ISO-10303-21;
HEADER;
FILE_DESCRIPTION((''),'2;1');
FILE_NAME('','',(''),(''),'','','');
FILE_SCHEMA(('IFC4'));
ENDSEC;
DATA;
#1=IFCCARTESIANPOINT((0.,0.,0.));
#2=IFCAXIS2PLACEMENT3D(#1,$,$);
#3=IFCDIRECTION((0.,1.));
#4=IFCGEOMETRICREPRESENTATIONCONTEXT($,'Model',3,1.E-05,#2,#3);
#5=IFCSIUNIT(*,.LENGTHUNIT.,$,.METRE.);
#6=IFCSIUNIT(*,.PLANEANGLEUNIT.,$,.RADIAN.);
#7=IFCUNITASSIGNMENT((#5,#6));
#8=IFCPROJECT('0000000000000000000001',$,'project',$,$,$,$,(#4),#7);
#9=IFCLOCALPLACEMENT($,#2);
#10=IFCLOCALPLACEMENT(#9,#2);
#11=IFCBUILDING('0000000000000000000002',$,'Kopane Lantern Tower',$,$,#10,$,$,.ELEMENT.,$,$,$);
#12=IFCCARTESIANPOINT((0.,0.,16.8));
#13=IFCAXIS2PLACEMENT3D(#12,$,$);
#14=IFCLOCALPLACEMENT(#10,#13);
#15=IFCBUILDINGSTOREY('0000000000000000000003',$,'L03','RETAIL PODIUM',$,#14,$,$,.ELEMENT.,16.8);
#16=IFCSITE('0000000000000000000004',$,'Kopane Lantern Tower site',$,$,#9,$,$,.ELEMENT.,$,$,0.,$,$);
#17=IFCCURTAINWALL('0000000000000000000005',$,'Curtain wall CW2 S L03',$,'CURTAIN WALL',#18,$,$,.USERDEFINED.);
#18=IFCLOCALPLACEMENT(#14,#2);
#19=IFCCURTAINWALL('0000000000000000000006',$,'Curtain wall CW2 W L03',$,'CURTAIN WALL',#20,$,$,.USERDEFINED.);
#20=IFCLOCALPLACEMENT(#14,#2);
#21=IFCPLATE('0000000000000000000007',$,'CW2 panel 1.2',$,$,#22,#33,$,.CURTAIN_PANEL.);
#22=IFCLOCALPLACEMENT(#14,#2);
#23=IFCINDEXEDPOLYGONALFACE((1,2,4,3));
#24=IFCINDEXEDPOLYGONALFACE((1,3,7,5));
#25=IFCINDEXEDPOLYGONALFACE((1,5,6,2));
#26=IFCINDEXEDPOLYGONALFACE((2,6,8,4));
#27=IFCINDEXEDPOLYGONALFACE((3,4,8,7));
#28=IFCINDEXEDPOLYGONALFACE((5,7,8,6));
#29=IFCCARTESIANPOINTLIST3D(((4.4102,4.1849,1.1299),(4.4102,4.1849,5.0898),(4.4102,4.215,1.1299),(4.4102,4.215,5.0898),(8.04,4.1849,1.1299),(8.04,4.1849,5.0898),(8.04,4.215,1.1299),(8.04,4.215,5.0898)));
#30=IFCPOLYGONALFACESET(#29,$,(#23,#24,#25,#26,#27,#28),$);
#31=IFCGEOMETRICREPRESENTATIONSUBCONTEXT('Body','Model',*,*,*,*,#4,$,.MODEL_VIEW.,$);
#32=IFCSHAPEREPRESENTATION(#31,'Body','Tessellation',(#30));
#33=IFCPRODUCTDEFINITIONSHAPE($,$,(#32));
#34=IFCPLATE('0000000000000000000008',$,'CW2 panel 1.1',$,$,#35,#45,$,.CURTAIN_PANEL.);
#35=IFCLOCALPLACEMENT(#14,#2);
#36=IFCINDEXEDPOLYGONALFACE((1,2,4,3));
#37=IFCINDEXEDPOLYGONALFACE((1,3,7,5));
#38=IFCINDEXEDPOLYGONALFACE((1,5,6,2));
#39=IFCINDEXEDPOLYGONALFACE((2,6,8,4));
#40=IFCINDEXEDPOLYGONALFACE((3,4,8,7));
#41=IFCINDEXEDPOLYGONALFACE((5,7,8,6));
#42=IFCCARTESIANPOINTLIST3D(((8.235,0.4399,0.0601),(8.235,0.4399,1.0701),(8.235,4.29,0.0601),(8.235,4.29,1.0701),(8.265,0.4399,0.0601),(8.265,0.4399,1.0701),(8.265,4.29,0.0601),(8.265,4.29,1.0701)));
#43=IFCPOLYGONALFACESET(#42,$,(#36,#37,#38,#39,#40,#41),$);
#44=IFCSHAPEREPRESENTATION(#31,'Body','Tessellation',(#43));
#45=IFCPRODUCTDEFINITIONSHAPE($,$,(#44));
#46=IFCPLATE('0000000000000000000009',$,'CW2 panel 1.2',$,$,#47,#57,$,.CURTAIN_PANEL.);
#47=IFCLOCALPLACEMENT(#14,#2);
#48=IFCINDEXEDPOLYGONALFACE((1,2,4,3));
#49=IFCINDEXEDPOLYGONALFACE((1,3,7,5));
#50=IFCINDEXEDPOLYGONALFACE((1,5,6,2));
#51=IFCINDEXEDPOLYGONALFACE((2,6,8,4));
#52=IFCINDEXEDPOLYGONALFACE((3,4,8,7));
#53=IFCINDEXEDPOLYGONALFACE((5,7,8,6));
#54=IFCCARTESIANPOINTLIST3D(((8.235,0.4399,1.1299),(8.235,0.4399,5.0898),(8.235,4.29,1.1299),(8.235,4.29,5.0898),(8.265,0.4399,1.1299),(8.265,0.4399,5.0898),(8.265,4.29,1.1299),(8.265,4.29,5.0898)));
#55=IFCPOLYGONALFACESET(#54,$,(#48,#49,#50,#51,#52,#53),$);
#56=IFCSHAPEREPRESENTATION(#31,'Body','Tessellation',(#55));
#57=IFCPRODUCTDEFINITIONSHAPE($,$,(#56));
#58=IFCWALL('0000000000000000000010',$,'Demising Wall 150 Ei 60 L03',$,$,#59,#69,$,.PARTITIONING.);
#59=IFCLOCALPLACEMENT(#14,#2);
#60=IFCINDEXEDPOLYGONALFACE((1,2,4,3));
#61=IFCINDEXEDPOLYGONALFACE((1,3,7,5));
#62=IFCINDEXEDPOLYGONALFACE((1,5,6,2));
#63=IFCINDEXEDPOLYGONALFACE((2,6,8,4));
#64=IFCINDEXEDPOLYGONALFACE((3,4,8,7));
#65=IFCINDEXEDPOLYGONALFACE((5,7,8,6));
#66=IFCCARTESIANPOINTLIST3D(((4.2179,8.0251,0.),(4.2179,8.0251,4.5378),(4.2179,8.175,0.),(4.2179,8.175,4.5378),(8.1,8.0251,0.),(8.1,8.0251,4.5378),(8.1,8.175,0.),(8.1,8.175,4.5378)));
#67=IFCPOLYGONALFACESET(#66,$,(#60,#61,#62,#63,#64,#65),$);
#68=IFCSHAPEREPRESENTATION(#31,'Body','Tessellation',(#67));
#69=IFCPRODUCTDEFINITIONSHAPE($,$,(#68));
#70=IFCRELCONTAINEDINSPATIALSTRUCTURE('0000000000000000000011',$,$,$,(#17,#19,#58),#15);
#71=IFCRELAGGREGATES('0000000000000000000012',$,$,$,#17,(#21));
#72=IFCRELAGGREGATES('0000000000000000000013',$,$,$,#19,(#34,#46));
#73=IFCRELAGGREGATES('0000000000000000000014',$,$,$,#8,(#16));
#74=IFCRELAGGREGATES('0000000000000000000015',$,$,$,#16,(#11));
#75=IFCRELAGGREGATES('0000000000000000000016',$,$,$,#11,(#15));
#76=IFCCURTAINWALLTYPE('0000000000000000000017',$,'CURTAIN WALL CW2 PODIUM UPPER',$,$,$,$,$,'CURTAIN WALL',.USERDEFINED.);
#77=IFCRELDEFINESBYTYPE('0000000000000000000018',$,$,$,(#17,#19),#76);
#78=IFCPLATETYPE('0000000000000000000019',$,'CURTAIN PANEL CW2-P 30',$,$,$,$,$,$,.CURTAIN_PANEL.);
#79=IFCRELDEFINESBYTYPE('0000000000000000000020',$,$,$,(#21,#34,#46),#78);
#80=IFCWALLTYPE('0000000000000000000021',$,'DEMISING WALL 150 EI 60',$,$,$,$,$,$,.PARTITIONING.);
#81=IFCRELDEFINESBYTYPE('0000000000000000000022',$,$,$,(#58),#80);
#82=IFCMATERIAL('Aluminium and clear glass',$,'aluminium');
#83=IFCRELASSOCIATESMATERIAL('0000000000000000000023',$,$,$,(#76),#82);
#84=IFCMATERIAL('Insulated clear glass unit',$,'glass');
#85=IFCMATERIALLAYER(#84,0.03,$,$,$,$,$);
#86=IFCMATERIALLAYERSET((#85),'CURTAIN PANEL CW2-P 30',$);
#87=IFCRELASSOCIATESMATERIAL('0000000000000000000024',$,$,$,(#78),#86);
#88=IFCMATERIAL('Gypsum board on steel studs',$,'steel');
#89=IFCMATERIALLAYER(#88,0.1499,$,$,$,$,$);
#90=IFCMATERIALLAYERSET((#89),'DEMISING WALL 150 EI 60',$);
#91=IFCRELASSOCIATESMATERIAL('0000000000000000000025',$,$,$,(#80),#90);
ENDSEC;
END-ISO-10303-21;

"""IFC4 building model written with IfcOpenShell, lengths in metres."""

from ifc_helpers import new_model, si_unit, direction, frame, frame_2d, origin, origin_2d, place, context, subcontext, project, spatial, rectangle, extrude, material, layer, layer_set, type_object, element, aggregate, save


model = new_model("IFC4")

# Units and contexts
model_context = context("Model", 3, precision=1e-05, world=origin(), true_north=direction((0.0, 1.0)))
body_context = subcontext(model_context, "Body", "Model", "MODEL_VIEW")
ifc_project = project(units=[si_unit("LENGTHUNIT", "METRE"), si_unit("PLANEANGLEUNIT", "RADIAN")], contexts=[model_context])

# Site, building, storey
site_placement = place(None, origin())
site = spatial("IfcSite", under=ifc_project, at=site_placement, Name="Kopane Lantern Tower site", CompositionType="ELEMENT", RefElevation=0.0)
building_placement = place(site_placement, origin())
building = spatial("IfcBuilding", under=site, at=building_placement, Name="Kopane Lantern Tower", CompositionType="ELEMENT")
storey_placement = place(building_placement, frame((0.0, 0.0, 16.8)))
storey = spatial("IfcBuildingStorey", under=building, at=storey_placement, Name="L03", Description="RETAIL PODIUM", CompositionType="ELEMENT", Elevation=16.8)

# Shared definitions
ifc_material_1 = material(Name="Aluminium and clear glass", Category="aluminium")
curtain_wall_type = type_object("IfcCurtainWallType", Name="CURTAIN WALL CW2 PODIUM UPPER", ElementType="CURTAIN WALL", PredefinedType="USERDEFINED", material=ifc_material_1)

# Curtain walls
curtain_wall_1_placement = place(storey_placement, origin())
curtain_wall_1 = element("IfcCurtainWall", 1, at=curtain_wall_1_placement, inside=storey, type_object=curtain_wall_type, Name="Curtain wall CW2 S L03", ObjectType="CURTAIN WALL", PredefinedType="USERDEFINED")
curtain_wall_2_placement = place(storey_placement, origin())
curtain_wall_2 = element("IfcCurtainWall", 2, at=curtain_wall_2_placement, inside=storey, type_object=curtain_wall_type, Name="Curtain wall CW2 W L03", ObjectType="CURTAIN WALL", PredefinedType="USERDEFINED")

# Plates
ifc_material_2 = material(Name="Insulated clear glass unit", Category="glass")
ifc_layer_1 = layer(ifc_material_2, 0.03)
ifc_layer_set_1 = layer_set([ifc_layer_1], Name="CURTAIN PANEL CW2-P 30")
plate_type = type_object("IfcPlateType", Name="CURTAIN PANEL CW2-P 30", PredefinedType="CURTAIN_PANEL", material=ifc_layer_set_1)
plate_1_placement = place(storey_placement, frame((6.2251, 4.2, 1.1299), z_axis=(0.0, 0.0, 1.0), x_axis=(1.0, 0.0, 0.0)))
plate_1 = element("IfcPlate", 3, at=plate_1_placement, type_object=plate_type, Name="CW2 panel 1.2", PredefinedType="CURTAIN_PANEL", context=body_context, shape_type="SweptSolid", body=[
    extrude(rectangle(XDim=3.6299, YDim=0.03, at=origin_2d()), origin(), (0.0, 0.0, 1.0), 3.96),
])
aggregate(curtain_wall_1, [plate_1])
plate_2_placement = place(storey_placement, frame((8.25, 2.365, 0.0601), z_axis=(0.0, 0.0, 1.0), x_axis=(0.0, -1.0, 0.0)))
plate_2 = element("IfcPlate", 4, at=plate_2_placement, type_object=plate_type, Name="CW2 panel 1.1", PredefinedType="CURTAIN_PANEL", context=body_context, shape_type="SweptSolid", body=[
    extrude(rectangle(XDim=3.8501, YDim=0.03, at=origin_2d()), origin(), (0.0, 0.0, 1.0), 1.01),
])
plate_3_placement = place(storey_placement, frame((8.25, 2.365, 1.1299), z_axis=(0.0, 0.0, 1.0), x_axis=(0.0, -1.0, 0.0)))
plate_3 = element("IfcPlate", 5, at=plate_3_placement, type_object=plate_type, Name="CW2 panel 1.2", PredefinedType="CURTAIN_PANEL", context=body_context, shape_type="SweptSolid", body=[
    extrude(rectangle(XDim=3.8501, YDim=0.03, at=origin_2d()), origin(), (0.0, 0.0, 1.0), 3.96),
])
aggregate(curtain_wall_2, [plate_2, plate_3])

# Wall
ifc_material_3 = material(Name="Gypsum board on steel studs", Category="steel")
ifc_layer_2 = layer(ifc_material_3, 0.1499)
ifc_layer_set_2 = layer_set([ifc_layer_2], Name="DEMISING WALL 150 EI 60")
wall_type = type_object("IfcWallType", Name="DEMISING WALL 150 EI 60", PredefinedType="PARTITIONING", material=ifc_layer_set_2)
wall_placement = place(storey_placement, frame((4.218, 8.1001, 0.0), z_axis=(0.0, 0.0, 1.0), x_axis=(1.0, 0.0, 0.0)))
element("IfcWall", 6, at=wall_placement, inside=storey, type_object=wall_type, Name="Demising Wall 150 Ei 60 L03", PredefinedType="PARTITIONING", context=body_context, shape_type="SweptSolid", body=[
    extrude(rectangle(XDim=3.8821, YDim=0.1499, at=frame_2d((1.9409, 0.0))), origin(), (0.0, 0.0, 1.0), 4.5378),
])

save(model, "model.ifc")
